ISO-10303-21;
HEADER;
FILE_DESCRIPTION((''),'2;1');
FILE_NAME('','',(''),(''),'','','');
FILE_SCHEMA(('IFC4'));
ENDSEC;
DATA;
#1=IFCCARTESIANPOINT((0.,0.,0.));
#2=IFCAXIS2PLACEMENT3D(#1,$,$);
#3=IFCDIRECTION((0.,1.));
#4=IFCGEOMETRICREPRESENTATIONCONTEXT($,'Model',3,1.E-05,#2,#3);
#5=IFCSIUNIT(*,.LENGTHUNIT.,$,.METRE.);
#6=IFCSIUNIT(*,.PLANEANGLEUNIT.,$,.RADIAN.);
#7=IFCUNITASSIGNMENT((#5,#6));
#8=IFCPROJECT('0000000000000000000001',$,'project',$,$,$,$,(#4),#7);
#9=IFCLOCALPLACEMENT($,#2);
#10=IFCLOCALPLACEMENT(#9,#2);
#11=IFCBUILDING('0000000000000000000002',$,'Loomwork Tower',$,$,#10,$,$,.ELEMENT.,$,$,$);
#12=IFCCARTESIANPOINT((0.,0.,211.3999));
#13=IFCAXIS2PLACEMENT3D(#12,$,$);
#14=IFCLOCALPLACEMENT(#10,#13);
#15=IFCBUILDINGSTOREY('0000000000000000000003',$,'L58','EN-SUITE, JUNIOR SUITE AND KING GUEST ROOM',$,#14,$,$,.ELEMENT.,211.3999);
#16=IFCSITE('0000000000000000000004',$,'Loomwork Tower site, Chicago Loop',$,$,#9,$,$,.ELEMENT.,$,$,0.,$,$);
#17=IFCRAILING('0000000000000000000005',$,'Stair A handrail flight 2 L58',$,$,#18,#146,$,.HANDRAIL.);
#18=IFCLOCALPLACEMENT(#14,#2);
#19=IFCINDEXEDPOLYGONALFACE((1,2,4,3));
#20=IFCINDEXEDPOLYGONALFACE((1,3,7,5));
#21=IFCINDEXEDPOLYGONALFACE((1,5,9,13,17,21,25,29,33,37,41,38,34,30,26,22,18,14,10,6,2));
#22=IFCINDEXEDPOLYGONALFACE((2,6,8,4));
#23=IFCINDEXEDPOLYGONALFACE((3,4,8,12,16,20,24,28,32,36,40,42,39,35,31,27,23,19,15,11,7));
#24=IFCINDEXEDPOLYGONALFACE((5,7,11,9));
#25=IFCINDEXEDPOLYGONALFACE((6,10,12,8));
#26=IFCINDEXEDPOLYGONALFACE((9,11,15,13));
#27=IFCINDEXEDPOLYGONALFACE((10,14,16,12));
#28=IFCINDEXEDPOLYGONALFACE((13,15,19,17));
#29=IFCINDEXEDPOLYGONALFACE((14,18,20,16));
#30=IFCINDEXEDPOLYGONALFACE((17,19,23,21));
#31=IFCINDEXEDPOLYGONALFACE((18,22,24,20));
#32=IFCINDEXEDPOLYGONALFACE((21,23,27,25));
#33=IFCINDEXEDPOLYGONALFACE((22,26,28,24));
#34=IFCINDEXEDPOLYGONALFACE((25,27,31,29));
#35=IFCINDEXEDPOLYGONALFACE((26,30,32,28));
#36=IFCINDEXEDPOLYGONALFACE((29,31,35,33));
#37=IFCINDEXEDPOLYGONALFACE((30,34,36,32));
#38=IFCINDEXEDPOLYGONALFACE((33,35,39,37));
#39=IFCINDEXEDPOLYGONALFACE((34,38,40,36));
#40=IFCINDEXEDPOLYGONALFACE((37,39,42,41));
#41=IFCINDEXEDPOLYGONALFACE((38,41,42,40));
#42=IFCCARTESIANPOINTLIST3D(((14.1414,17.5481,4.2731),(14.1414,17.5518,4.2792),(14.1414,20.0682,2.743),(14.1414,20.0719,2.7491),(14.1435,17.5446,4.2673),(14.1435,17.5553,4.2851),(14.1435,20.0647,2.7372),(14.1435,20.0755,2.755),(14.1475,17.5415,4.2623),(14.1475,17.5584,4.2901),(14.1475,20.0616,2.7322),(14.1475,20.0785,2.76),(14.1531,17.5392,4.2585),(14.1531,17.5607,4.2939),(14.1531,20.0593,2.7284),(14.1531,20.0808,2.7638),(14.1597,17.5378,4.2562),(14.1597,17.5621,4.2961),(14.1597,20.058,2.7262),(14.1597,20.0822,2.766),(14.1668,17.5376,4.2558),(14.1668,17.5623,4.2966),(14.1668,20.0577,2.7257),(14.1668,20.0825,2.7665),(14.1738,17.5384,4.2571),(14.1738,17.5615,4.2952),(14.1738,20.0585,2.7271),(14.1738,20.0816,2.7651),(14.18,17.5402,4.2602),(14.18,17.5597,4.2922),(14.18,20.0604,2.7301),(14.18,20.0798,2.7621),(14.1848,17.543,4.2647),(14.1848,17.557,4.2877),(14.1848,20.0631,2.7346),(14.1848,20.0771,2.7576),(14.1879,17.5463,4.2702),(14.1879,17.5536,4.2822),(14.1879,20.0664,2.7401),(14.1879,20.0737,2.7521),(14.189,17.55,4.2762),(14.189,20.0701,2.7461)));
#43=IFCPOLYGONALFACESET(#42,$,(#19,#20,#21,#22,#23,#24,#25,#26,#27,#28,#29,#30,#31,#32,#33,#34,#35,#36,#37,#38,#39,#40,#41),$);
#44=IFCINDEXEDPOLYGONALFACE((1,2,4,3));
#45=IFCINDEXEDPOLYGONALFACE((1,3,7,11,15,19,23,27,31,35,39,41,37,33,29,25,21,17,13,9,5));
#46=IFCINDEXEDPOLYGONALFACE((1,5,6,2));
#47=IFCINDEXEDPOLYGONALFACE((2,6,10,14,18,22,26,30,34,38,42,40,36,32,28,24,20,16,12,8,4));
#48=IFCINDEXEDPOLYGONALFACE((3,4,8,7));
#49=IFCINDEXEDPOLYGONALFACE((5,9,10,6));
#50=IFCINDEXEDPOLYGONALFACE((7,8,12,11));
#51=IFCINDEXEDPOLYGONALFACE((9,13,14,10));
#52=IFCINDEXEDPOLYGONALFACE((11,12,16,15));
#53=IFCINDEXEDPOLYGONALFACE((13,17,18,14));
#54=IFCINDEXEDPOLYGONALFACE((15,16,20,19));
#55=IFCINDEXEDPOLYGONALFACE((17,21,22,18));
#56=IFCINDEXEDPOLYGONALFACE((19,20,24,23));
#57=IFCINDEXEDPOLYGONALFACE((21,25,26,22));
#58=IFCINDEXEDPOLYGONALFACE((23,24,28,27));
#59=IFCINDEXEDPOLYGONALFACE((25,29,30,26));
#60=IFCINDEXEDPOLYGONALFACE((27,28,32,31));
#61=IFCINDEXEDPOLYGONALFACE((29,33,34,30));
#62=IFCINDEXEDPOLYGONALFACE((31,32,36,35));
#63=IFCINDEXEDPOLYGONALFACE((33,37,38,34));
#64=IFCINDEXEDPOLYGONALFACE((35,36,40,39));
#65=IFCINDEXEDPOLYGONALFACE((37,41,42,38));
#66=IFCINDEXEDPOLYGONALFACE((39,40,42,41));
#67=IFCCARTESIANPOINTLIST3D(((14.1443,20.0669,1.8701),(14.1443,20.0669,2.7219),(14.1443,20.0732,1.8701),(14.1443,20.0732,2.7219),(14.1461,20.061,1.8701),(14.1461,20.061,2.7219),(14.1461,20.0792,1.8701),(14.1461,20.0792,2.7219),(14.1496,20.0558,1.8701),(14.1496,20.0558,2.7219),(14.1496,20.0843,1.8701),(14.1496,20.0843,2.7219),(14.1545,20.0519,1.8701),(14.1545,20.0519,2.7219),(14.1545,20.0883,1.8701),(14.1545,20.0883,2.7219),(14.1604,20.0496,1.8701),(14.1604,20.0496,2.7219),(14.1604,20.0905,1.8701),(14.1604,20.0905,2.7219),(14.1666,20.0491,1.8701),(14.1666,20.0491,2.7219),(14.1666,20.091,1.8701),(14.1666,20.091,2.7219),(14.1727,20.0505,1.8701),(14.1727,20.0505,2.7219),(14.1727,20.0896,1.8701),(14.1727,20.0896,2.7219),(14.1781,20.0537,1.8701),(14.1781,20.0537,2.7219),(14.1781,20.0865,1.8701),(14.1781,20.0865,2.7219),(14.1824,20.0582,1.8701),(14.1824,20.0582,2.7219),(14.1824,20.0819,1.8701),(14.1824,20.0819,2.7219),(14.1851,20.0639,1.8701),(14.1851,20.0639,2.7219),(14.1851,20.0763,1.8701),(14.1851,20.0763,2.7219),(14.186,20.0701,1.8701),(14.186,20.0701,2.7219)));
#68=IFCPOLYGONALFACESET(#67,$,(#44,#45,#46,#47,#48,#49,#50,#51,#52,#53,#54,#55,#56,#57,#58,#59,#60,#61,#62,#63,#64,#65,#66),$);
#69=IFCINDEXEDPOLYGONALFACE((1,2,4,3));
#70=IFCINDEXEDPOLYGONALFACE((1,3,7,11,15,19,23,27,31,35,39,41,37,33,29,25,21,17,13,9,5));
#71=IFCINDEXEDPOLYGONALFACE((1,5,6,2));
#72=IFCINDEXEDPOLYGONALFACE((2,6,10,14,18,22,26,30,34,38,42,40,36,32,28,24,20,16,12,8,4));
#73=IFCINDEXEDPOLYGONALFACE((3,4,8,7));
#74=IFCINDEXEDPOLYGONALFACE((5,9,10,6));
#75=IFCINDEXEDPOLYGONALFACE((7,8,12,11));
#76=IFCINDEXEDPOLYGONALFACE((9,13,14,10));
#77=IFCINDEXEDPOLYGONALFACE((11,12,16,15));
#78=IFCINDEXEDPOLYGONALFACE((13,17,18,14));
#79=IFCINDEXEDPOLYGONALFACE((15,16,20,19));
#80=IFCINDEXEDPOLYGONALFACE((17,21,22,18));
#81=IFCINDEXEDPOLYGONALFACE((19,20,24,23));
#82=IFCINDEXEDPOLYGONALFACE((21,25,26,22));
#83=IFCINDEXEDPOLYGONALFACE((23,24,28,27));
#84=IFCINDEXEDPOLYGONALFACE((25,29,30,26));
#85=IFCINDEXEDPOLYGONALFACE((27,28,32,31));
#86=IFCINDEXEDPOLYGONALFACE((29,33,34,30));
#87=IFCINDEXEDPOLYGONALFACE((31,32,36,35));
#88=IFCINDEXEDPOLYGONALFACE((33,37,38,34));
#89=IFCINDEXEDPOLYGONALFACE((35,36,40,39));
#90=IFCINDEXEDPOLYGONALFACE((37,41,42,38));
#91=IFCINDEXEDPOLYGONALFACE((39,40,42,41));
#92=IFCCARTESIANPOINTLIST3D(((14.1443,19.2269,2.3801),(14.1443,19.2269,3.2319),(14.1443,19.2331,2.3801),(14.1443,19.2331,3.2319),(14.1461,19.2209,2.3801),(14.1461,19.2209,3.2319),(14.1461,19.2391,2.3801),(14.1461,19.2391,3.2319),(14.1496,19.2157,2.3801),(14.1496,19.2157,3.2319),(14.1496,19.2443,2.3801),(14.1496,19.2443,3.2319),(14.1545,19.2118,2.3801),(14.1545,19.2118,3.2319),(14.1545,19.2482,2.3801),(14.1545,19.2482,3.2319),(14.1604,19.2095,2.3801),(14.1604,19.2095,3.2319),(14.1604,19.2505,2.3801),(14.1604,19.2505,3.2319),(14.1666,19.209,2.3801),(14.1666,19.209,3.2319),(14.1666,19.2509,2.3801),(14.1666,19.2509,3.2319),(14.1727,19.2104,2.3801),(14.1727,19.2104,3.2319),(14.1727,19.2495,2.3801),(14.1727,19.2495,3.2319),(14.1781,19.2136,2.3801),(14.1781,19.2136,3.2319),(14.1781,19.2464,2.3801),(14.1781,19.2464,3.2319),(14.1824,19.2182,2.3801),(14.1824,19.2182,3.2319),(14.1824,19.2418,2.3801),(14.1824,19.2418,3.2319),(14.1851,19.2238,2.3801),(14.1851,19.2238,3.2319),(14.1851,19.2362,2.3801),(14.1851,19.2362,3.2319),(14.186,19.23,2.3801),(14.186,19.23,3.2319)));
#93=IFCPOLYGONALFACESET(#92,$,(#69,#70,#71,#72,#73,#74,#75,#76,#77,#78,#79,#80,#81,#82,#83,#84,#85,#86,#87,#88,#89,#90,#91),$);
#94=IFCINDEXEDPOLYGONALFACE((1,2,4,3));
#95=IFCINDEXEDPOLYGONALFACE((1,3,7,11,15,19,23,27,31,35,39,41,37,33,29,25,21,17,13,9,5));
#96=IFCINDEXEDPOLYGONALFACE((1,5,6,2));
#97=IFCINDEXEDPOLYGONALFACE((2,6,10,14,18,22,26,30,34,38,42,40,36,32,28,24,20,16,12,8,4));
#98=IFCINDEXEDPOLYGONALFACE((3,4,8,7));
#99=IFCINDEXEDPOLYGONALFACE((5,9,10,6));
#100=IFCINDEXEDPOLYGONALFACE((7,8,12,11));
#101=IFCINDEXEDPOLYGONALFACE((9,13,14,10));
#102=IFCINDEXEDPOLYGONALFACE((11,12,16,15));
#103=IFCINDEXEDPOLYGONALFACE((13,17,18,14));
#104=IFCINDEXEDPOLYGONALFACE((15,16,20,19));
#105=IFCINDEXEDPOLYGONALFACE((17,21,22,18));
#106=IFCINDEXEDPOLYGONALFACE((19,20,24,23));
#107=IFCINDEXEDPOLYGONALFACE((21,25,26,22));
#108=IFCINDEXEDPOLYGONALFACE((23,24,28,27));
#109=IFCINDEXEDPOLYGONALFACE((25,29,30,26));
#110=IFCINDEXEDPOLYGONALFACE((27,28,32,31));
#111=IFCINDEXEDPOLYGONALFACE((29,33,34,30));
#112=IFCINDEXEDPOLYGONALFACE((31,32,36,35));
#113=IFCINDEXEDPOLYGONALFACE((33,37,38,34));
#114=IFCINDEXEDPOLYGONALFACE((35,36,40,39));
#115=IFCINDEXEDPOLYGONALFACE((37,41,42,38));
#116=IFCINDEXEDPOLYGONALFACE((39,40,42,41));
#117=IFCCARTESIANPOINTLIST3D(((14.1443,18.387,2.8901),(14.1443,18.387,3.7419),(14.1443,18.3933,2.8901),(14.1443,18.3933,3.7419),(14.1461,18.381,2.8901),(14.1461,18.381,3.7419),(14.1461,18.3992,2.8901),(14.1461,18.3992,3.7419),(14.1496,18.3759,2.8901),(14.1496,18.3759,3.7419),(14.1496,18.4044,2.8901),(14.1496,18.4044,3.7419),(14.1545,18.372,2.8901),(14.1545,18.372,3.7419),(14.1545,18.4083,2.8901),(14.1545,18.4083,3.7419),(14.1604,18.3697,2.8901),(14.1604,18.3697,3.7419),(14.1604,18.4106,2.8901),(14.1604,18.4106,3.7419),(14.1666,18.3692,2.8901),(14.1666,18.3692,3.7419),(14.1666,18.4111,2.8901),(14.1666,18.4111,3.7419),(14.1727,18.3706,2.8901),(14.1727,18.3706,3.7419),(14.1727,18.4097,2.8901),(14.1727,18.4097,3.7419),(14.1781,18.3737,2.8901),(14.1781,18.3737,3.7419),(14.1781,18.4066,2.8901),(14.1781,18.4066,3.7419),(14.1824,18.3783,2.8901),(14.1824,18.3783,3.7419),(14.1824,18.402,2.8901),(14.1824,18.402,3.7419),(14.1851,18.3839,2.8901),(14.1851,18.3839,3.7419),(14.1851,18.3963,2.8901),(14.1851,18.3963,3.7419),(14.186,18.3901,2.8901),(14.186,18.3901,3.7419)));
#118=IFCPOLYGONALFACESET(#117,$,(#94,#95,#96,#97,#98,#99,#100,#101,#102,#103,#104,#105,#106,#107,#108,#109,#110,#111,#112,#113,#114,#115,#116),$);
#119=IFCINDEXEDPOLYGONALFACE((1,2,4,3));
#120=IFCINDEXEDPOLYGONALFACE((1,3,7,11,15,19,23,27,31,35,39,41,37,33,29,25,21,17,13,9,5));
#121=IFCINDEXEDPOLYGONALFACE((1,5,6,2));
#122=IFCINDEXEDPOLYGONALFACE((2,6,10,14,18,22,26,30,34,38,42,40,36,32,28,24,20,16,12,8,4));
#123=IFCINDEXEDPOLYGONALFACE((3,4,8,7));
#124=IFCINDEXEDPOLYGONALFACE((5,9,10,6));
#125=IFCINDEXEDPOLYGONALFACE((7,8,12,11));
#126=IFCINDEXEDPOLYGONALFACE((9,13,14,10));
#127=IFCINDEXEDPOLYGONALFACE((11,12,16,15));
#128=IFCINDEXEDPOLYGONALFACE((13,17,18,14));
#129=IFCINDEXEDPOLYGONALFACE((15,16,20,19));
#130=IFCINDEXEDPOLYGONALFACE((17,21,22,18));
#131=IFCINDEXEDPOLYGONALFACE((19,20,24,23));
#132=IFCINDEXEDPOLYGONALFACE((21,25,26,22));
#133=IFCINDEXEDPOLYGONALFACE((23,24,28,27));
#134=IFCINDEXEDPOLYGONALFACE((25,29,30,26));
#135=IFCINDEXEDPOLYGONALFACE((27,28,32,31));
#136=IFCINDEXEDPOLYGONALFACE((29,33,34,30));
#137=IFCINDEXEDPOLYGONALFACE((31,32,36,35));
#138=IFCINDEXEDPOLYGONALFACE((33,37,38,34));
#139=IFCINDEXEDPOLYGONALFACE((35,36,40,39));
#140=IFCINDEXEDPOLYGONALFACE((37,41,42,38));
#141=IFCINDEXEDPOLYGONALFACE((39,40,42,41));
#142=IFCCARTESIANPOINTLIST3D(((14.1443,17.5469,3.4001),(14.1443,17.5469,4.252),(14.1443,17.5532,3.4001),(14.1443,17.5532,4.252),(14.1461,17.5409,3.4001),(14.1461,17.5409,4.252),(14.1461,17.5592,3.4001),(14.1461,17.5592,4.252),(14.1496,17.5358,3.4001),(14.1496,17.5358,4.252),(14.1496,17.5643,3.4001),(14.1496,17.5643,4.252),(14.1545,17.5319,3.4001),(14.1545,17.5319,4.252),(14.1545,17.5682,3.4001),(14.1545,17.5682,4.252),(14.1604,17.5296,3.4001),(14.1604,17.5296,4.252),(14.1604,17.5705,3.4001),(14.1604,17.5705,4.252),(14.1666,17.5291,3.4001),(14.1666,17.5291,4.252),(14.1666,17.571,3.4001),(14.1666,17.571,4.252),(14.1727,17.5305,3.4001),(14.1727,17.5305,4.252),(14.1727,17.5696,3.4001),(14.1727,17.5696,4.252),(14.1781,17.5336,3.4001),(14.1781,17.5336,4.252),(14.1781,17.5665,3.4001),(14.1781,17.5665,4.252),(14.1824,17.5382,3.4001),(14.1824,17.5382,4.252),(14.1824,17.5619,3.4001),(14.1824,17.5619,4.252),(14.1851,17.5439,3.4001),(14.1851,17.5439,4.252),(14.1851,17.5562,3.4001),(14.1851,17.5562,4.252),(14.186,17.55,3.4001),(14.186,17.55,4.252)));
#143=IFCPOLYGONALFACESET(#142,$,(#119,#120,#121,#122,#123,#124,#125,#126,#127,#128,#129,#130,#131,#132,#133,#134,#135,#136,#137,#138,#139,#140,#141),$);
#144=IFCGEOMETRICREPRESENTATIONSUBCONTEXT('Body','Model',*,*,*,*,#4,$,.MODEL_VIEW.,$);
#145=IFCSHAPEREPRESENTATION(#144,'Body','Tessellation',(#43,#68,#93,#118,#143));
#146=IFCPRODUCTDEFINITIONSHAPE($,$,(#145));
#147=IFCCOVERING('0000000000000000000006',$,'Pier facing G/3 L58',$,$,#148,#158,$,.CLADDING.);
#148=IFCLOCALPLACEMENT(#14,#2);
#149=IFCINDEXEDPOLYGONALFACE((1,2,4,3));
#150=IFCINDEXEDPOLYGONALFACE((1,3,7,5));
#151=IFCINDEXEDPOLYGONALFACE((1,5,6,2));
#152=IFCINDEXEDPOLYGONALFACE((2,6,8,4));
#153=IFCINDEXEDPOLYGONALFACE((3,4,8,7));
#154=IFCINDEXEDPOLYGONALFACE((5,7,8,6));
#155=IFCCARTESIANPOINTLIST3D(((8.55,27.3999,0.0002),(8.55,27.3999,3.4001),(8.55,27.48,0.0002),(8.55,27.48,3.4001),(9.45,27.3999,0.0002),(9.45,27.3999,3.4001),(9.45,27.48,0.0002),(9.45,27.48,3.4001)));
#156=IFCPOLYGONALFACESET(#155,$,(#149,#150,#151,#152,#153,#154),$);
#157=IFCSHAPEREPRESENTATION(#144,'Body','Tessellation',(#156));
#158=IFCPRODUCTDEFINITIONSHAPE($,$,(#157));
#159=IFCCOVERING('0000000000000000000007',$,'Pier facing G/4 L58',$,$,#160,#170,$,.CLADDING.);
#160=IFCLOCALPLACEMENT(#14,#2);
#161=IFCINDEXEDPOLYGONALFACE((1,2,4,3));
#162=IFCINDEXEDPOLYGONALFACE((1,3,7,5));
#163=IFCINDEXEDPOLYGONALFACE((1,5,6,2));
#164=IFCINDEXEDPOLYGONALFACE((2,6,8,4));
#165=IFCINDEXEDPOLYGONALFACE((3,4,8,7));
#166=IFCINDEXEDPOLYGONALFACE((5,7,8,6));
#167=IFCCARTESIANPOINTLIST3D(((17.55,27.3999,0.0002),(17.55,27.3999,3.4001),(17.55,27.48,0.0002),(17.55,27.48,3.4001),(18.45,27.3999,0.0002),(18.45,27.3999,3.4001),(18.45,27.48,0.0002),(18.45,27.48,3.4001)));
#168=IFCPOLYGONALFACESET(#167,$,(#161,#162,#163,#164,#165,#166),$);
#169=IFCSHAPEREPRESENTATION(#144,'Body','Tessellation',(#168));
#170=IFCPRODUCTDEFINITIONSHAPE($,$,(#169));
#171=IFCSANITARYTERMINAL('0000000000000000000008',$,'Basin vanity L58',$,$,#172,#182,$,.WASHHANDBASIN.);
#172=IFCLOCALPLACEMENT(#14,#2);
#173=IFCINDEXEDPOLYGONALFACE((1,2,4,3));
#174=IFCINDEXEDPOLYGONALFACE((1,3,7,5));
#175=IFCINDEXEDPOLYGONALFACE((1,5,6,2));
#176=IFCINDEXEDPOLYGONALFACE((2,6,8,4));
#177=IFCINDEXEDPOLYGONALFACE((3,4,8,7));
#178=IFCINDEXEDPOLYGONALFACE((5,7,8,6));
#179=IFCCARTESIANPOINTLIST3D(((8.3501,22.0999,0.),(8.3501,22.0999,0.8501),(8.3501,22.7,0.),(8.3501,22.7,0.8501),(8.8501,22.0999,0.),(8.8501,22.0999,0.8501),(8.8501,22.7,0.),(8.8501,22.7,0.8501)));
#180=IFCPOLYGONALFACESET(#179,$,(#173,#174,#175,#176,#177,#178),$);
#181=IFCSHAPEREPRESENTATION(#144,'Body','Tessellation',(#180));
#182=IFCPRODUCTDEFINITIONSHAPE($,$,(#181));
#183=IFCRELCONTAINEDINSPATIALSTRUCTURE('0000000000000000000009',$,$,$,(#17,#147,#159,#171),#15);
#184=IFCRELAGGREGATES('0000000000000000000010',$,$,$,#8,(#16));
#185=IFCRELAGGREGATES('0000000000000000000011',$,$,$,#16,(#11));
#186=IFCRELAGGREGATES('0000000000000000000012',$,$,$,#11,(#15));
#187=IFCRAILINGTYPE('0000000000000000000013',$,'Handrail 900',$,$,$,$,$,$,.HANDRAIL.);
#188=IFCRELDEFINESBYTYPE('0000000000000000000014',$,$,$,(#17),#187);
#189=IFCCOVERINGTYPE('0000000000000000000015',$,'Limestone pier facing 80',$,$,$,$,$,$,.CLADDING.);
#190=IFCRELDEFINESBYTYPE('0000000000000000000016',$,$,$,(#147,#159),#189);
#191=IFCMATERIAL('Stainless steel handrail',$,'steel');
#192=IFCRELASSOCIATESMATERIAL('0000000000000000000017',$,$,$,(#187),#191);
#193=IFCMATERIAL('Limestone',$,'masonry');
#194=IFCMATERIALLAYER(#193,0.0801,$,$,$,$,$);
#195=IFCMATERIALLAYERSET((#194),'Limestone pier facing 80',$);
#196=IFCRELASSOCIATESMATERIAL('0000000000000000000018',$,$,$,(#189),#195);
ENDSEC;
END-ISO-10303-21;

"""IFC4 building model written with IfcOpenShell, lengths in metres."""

from ifc_helpers import new_model, si_unit, direction, frame, origin, origin_2d, place, context, subcontext, project, spatial, rectangle, circle, extrude, material, layer, layer_set, type_object, element, save


model = new_model("IFC4")

# Units and contexts
model_context = context("Model", 3, precision=1e-05, world=origin(), true_north=direction((0.0, 1.0)))
body_context = subcontext(model_context, "Body", "Model", "MODEL_VIEW")
ifc_project = project(units=[si_unit("LENGTHUNIT", "METRE"), si_unit("PLANEANGLEUNIT", "RADIAN")], contexts=[model_context])

# Site, building, storey
site_placement = place(None, origin())
site = spatial("IfcSite", under=ifc_project, at=site_placement, Name="Loomwork Tower site, Chicago Loop", CompositionType="ELEMENT", RefElevation=0.0)
building_placement = place(site_placement, origin())
building = spatial("IfcBuilding", under=site, at=building_placement, Name="Loomwork Tower", CompositionType="ELEMENT")
storey_placement = place(building_placement, frame((0.0, 0.0, 211.3999)))
storey = spatial("IfcBuildingStorey", under=building, at=storey_placement, Name="L58", Description="EN-SUITE, JUNIOR SUITE AND KING GUEST ROOM", CompositionType="ELEMENT", Elevation=211.3999)

# Railing
ifc_material_1 = material(Name="Stainless steel handrail", Category="steel")
railing_type = type_object("IfcRailingType", Name="Handrail 900", PredefinedType="HANDRAIL", material=ifc_material_1)
railing_placement = place(storey_placement, frame((14.165, 20.0701, 1.8701)))
element("IfcRailing", 1, at=railing_placement, inside=storey, type_object=railing_type, Name="Stair A handrail flight 2 L58", PredefinedType="HANDRAIL", context=body_context, shape_type="SweptSolid", body=[
    extrude(circle(Radius=0.0239, at=origin_2d()), frame((0.0, 0.0, 0.876), z_axis=(0.0, -0.854785, 0.518982), x_axis=(1.0, 0.0, 0.0)), (0.0, 0.0, 1.0), 2.9482),
    extrude(circle(Radius=0.021, at=origin_2d()), origin(), (0.0, 0.0, 1.0), 0.8518),
    extrude(circle(Radius=0.021, at=origin_2d()), frame((0.0, -0.8401, 0.51)), (0.0, 0.0, 1.0), 0.8518),
    extrude(circle(Radius=0.021, at=origin_2d()), frame((0.0, -1.6799, 1.02)), (0.0, 0.0, 1.0), 0.8518),
    extrude(circle(Radius=0.021, at=origin_2d()), frame((0.0, -2.52, 1.53)), (0.0, 0.0, 1.0), 0.8518),
])

# Coverings
ifc_material_2 = material(Name="Limestone", Category="masonry")
ifc_layer_1 = layer(ifc_material_2, 0.0801)
ifc_layer_set_1 = layer_set([ifc_layer_1], Name="Limestone pier facing 80")
covering_type = type_object("IfcCoveringType", Name="Limestone pier facing 80", PredefinedType="CLADDING", material=ifc_layer_set_1)
for number, where, z_axis, x_axis, name in (
    (2, (9.0, 27.4399, 0.0002), (0.0, 0.0, 1.0), (1.0, 0.0, 0.0), "Pier facing G/3 L58"),
    (3, (18.0, 27.4399, 0.0002), (0.0, 0.0, 1.0), (1.0, 0.0, 0.0), "Pier facing G/4 L58"),
):
    element("IfcCovering", number, at=place(storey_placement, frame(where, z_axis=z_axis, x_axis=x_axis)), inside=storey, type_object=covering_type, Name=name, PredefinedType="CLADDING", context=body_context, shape_type="SweptSolid", body=[
        extrude(rectangle(XDim=0.8999, YDim=0.0801, at=origin_2d()), origin(), (0.0, 0.0, 1.0), 3.3999),
    ])

# Sanitary terminal
sanitary_terminal_placement = place(storey_placement, frame((8.6001, 22.3999, 0.0), z_axis=(0.0, 0.0, 1.0), x_axis=(1.0, 0.0, 0.0)))
element("IfcSanitaryTerminal", 4, at=sanitary_terminal_placement, inside=storey, Name="Basin vanity L58", PredefinedType="WASHHANDBASIN", context=body_context, shape_type="SweptSolid", body=[
    extrude(rectangle(XDim=0.5, YDim=0.6001, at=origin_2d()), origin(), (0.0, 0.0, 1.0), 0.8501),
])

save(model, "model.ifc")
